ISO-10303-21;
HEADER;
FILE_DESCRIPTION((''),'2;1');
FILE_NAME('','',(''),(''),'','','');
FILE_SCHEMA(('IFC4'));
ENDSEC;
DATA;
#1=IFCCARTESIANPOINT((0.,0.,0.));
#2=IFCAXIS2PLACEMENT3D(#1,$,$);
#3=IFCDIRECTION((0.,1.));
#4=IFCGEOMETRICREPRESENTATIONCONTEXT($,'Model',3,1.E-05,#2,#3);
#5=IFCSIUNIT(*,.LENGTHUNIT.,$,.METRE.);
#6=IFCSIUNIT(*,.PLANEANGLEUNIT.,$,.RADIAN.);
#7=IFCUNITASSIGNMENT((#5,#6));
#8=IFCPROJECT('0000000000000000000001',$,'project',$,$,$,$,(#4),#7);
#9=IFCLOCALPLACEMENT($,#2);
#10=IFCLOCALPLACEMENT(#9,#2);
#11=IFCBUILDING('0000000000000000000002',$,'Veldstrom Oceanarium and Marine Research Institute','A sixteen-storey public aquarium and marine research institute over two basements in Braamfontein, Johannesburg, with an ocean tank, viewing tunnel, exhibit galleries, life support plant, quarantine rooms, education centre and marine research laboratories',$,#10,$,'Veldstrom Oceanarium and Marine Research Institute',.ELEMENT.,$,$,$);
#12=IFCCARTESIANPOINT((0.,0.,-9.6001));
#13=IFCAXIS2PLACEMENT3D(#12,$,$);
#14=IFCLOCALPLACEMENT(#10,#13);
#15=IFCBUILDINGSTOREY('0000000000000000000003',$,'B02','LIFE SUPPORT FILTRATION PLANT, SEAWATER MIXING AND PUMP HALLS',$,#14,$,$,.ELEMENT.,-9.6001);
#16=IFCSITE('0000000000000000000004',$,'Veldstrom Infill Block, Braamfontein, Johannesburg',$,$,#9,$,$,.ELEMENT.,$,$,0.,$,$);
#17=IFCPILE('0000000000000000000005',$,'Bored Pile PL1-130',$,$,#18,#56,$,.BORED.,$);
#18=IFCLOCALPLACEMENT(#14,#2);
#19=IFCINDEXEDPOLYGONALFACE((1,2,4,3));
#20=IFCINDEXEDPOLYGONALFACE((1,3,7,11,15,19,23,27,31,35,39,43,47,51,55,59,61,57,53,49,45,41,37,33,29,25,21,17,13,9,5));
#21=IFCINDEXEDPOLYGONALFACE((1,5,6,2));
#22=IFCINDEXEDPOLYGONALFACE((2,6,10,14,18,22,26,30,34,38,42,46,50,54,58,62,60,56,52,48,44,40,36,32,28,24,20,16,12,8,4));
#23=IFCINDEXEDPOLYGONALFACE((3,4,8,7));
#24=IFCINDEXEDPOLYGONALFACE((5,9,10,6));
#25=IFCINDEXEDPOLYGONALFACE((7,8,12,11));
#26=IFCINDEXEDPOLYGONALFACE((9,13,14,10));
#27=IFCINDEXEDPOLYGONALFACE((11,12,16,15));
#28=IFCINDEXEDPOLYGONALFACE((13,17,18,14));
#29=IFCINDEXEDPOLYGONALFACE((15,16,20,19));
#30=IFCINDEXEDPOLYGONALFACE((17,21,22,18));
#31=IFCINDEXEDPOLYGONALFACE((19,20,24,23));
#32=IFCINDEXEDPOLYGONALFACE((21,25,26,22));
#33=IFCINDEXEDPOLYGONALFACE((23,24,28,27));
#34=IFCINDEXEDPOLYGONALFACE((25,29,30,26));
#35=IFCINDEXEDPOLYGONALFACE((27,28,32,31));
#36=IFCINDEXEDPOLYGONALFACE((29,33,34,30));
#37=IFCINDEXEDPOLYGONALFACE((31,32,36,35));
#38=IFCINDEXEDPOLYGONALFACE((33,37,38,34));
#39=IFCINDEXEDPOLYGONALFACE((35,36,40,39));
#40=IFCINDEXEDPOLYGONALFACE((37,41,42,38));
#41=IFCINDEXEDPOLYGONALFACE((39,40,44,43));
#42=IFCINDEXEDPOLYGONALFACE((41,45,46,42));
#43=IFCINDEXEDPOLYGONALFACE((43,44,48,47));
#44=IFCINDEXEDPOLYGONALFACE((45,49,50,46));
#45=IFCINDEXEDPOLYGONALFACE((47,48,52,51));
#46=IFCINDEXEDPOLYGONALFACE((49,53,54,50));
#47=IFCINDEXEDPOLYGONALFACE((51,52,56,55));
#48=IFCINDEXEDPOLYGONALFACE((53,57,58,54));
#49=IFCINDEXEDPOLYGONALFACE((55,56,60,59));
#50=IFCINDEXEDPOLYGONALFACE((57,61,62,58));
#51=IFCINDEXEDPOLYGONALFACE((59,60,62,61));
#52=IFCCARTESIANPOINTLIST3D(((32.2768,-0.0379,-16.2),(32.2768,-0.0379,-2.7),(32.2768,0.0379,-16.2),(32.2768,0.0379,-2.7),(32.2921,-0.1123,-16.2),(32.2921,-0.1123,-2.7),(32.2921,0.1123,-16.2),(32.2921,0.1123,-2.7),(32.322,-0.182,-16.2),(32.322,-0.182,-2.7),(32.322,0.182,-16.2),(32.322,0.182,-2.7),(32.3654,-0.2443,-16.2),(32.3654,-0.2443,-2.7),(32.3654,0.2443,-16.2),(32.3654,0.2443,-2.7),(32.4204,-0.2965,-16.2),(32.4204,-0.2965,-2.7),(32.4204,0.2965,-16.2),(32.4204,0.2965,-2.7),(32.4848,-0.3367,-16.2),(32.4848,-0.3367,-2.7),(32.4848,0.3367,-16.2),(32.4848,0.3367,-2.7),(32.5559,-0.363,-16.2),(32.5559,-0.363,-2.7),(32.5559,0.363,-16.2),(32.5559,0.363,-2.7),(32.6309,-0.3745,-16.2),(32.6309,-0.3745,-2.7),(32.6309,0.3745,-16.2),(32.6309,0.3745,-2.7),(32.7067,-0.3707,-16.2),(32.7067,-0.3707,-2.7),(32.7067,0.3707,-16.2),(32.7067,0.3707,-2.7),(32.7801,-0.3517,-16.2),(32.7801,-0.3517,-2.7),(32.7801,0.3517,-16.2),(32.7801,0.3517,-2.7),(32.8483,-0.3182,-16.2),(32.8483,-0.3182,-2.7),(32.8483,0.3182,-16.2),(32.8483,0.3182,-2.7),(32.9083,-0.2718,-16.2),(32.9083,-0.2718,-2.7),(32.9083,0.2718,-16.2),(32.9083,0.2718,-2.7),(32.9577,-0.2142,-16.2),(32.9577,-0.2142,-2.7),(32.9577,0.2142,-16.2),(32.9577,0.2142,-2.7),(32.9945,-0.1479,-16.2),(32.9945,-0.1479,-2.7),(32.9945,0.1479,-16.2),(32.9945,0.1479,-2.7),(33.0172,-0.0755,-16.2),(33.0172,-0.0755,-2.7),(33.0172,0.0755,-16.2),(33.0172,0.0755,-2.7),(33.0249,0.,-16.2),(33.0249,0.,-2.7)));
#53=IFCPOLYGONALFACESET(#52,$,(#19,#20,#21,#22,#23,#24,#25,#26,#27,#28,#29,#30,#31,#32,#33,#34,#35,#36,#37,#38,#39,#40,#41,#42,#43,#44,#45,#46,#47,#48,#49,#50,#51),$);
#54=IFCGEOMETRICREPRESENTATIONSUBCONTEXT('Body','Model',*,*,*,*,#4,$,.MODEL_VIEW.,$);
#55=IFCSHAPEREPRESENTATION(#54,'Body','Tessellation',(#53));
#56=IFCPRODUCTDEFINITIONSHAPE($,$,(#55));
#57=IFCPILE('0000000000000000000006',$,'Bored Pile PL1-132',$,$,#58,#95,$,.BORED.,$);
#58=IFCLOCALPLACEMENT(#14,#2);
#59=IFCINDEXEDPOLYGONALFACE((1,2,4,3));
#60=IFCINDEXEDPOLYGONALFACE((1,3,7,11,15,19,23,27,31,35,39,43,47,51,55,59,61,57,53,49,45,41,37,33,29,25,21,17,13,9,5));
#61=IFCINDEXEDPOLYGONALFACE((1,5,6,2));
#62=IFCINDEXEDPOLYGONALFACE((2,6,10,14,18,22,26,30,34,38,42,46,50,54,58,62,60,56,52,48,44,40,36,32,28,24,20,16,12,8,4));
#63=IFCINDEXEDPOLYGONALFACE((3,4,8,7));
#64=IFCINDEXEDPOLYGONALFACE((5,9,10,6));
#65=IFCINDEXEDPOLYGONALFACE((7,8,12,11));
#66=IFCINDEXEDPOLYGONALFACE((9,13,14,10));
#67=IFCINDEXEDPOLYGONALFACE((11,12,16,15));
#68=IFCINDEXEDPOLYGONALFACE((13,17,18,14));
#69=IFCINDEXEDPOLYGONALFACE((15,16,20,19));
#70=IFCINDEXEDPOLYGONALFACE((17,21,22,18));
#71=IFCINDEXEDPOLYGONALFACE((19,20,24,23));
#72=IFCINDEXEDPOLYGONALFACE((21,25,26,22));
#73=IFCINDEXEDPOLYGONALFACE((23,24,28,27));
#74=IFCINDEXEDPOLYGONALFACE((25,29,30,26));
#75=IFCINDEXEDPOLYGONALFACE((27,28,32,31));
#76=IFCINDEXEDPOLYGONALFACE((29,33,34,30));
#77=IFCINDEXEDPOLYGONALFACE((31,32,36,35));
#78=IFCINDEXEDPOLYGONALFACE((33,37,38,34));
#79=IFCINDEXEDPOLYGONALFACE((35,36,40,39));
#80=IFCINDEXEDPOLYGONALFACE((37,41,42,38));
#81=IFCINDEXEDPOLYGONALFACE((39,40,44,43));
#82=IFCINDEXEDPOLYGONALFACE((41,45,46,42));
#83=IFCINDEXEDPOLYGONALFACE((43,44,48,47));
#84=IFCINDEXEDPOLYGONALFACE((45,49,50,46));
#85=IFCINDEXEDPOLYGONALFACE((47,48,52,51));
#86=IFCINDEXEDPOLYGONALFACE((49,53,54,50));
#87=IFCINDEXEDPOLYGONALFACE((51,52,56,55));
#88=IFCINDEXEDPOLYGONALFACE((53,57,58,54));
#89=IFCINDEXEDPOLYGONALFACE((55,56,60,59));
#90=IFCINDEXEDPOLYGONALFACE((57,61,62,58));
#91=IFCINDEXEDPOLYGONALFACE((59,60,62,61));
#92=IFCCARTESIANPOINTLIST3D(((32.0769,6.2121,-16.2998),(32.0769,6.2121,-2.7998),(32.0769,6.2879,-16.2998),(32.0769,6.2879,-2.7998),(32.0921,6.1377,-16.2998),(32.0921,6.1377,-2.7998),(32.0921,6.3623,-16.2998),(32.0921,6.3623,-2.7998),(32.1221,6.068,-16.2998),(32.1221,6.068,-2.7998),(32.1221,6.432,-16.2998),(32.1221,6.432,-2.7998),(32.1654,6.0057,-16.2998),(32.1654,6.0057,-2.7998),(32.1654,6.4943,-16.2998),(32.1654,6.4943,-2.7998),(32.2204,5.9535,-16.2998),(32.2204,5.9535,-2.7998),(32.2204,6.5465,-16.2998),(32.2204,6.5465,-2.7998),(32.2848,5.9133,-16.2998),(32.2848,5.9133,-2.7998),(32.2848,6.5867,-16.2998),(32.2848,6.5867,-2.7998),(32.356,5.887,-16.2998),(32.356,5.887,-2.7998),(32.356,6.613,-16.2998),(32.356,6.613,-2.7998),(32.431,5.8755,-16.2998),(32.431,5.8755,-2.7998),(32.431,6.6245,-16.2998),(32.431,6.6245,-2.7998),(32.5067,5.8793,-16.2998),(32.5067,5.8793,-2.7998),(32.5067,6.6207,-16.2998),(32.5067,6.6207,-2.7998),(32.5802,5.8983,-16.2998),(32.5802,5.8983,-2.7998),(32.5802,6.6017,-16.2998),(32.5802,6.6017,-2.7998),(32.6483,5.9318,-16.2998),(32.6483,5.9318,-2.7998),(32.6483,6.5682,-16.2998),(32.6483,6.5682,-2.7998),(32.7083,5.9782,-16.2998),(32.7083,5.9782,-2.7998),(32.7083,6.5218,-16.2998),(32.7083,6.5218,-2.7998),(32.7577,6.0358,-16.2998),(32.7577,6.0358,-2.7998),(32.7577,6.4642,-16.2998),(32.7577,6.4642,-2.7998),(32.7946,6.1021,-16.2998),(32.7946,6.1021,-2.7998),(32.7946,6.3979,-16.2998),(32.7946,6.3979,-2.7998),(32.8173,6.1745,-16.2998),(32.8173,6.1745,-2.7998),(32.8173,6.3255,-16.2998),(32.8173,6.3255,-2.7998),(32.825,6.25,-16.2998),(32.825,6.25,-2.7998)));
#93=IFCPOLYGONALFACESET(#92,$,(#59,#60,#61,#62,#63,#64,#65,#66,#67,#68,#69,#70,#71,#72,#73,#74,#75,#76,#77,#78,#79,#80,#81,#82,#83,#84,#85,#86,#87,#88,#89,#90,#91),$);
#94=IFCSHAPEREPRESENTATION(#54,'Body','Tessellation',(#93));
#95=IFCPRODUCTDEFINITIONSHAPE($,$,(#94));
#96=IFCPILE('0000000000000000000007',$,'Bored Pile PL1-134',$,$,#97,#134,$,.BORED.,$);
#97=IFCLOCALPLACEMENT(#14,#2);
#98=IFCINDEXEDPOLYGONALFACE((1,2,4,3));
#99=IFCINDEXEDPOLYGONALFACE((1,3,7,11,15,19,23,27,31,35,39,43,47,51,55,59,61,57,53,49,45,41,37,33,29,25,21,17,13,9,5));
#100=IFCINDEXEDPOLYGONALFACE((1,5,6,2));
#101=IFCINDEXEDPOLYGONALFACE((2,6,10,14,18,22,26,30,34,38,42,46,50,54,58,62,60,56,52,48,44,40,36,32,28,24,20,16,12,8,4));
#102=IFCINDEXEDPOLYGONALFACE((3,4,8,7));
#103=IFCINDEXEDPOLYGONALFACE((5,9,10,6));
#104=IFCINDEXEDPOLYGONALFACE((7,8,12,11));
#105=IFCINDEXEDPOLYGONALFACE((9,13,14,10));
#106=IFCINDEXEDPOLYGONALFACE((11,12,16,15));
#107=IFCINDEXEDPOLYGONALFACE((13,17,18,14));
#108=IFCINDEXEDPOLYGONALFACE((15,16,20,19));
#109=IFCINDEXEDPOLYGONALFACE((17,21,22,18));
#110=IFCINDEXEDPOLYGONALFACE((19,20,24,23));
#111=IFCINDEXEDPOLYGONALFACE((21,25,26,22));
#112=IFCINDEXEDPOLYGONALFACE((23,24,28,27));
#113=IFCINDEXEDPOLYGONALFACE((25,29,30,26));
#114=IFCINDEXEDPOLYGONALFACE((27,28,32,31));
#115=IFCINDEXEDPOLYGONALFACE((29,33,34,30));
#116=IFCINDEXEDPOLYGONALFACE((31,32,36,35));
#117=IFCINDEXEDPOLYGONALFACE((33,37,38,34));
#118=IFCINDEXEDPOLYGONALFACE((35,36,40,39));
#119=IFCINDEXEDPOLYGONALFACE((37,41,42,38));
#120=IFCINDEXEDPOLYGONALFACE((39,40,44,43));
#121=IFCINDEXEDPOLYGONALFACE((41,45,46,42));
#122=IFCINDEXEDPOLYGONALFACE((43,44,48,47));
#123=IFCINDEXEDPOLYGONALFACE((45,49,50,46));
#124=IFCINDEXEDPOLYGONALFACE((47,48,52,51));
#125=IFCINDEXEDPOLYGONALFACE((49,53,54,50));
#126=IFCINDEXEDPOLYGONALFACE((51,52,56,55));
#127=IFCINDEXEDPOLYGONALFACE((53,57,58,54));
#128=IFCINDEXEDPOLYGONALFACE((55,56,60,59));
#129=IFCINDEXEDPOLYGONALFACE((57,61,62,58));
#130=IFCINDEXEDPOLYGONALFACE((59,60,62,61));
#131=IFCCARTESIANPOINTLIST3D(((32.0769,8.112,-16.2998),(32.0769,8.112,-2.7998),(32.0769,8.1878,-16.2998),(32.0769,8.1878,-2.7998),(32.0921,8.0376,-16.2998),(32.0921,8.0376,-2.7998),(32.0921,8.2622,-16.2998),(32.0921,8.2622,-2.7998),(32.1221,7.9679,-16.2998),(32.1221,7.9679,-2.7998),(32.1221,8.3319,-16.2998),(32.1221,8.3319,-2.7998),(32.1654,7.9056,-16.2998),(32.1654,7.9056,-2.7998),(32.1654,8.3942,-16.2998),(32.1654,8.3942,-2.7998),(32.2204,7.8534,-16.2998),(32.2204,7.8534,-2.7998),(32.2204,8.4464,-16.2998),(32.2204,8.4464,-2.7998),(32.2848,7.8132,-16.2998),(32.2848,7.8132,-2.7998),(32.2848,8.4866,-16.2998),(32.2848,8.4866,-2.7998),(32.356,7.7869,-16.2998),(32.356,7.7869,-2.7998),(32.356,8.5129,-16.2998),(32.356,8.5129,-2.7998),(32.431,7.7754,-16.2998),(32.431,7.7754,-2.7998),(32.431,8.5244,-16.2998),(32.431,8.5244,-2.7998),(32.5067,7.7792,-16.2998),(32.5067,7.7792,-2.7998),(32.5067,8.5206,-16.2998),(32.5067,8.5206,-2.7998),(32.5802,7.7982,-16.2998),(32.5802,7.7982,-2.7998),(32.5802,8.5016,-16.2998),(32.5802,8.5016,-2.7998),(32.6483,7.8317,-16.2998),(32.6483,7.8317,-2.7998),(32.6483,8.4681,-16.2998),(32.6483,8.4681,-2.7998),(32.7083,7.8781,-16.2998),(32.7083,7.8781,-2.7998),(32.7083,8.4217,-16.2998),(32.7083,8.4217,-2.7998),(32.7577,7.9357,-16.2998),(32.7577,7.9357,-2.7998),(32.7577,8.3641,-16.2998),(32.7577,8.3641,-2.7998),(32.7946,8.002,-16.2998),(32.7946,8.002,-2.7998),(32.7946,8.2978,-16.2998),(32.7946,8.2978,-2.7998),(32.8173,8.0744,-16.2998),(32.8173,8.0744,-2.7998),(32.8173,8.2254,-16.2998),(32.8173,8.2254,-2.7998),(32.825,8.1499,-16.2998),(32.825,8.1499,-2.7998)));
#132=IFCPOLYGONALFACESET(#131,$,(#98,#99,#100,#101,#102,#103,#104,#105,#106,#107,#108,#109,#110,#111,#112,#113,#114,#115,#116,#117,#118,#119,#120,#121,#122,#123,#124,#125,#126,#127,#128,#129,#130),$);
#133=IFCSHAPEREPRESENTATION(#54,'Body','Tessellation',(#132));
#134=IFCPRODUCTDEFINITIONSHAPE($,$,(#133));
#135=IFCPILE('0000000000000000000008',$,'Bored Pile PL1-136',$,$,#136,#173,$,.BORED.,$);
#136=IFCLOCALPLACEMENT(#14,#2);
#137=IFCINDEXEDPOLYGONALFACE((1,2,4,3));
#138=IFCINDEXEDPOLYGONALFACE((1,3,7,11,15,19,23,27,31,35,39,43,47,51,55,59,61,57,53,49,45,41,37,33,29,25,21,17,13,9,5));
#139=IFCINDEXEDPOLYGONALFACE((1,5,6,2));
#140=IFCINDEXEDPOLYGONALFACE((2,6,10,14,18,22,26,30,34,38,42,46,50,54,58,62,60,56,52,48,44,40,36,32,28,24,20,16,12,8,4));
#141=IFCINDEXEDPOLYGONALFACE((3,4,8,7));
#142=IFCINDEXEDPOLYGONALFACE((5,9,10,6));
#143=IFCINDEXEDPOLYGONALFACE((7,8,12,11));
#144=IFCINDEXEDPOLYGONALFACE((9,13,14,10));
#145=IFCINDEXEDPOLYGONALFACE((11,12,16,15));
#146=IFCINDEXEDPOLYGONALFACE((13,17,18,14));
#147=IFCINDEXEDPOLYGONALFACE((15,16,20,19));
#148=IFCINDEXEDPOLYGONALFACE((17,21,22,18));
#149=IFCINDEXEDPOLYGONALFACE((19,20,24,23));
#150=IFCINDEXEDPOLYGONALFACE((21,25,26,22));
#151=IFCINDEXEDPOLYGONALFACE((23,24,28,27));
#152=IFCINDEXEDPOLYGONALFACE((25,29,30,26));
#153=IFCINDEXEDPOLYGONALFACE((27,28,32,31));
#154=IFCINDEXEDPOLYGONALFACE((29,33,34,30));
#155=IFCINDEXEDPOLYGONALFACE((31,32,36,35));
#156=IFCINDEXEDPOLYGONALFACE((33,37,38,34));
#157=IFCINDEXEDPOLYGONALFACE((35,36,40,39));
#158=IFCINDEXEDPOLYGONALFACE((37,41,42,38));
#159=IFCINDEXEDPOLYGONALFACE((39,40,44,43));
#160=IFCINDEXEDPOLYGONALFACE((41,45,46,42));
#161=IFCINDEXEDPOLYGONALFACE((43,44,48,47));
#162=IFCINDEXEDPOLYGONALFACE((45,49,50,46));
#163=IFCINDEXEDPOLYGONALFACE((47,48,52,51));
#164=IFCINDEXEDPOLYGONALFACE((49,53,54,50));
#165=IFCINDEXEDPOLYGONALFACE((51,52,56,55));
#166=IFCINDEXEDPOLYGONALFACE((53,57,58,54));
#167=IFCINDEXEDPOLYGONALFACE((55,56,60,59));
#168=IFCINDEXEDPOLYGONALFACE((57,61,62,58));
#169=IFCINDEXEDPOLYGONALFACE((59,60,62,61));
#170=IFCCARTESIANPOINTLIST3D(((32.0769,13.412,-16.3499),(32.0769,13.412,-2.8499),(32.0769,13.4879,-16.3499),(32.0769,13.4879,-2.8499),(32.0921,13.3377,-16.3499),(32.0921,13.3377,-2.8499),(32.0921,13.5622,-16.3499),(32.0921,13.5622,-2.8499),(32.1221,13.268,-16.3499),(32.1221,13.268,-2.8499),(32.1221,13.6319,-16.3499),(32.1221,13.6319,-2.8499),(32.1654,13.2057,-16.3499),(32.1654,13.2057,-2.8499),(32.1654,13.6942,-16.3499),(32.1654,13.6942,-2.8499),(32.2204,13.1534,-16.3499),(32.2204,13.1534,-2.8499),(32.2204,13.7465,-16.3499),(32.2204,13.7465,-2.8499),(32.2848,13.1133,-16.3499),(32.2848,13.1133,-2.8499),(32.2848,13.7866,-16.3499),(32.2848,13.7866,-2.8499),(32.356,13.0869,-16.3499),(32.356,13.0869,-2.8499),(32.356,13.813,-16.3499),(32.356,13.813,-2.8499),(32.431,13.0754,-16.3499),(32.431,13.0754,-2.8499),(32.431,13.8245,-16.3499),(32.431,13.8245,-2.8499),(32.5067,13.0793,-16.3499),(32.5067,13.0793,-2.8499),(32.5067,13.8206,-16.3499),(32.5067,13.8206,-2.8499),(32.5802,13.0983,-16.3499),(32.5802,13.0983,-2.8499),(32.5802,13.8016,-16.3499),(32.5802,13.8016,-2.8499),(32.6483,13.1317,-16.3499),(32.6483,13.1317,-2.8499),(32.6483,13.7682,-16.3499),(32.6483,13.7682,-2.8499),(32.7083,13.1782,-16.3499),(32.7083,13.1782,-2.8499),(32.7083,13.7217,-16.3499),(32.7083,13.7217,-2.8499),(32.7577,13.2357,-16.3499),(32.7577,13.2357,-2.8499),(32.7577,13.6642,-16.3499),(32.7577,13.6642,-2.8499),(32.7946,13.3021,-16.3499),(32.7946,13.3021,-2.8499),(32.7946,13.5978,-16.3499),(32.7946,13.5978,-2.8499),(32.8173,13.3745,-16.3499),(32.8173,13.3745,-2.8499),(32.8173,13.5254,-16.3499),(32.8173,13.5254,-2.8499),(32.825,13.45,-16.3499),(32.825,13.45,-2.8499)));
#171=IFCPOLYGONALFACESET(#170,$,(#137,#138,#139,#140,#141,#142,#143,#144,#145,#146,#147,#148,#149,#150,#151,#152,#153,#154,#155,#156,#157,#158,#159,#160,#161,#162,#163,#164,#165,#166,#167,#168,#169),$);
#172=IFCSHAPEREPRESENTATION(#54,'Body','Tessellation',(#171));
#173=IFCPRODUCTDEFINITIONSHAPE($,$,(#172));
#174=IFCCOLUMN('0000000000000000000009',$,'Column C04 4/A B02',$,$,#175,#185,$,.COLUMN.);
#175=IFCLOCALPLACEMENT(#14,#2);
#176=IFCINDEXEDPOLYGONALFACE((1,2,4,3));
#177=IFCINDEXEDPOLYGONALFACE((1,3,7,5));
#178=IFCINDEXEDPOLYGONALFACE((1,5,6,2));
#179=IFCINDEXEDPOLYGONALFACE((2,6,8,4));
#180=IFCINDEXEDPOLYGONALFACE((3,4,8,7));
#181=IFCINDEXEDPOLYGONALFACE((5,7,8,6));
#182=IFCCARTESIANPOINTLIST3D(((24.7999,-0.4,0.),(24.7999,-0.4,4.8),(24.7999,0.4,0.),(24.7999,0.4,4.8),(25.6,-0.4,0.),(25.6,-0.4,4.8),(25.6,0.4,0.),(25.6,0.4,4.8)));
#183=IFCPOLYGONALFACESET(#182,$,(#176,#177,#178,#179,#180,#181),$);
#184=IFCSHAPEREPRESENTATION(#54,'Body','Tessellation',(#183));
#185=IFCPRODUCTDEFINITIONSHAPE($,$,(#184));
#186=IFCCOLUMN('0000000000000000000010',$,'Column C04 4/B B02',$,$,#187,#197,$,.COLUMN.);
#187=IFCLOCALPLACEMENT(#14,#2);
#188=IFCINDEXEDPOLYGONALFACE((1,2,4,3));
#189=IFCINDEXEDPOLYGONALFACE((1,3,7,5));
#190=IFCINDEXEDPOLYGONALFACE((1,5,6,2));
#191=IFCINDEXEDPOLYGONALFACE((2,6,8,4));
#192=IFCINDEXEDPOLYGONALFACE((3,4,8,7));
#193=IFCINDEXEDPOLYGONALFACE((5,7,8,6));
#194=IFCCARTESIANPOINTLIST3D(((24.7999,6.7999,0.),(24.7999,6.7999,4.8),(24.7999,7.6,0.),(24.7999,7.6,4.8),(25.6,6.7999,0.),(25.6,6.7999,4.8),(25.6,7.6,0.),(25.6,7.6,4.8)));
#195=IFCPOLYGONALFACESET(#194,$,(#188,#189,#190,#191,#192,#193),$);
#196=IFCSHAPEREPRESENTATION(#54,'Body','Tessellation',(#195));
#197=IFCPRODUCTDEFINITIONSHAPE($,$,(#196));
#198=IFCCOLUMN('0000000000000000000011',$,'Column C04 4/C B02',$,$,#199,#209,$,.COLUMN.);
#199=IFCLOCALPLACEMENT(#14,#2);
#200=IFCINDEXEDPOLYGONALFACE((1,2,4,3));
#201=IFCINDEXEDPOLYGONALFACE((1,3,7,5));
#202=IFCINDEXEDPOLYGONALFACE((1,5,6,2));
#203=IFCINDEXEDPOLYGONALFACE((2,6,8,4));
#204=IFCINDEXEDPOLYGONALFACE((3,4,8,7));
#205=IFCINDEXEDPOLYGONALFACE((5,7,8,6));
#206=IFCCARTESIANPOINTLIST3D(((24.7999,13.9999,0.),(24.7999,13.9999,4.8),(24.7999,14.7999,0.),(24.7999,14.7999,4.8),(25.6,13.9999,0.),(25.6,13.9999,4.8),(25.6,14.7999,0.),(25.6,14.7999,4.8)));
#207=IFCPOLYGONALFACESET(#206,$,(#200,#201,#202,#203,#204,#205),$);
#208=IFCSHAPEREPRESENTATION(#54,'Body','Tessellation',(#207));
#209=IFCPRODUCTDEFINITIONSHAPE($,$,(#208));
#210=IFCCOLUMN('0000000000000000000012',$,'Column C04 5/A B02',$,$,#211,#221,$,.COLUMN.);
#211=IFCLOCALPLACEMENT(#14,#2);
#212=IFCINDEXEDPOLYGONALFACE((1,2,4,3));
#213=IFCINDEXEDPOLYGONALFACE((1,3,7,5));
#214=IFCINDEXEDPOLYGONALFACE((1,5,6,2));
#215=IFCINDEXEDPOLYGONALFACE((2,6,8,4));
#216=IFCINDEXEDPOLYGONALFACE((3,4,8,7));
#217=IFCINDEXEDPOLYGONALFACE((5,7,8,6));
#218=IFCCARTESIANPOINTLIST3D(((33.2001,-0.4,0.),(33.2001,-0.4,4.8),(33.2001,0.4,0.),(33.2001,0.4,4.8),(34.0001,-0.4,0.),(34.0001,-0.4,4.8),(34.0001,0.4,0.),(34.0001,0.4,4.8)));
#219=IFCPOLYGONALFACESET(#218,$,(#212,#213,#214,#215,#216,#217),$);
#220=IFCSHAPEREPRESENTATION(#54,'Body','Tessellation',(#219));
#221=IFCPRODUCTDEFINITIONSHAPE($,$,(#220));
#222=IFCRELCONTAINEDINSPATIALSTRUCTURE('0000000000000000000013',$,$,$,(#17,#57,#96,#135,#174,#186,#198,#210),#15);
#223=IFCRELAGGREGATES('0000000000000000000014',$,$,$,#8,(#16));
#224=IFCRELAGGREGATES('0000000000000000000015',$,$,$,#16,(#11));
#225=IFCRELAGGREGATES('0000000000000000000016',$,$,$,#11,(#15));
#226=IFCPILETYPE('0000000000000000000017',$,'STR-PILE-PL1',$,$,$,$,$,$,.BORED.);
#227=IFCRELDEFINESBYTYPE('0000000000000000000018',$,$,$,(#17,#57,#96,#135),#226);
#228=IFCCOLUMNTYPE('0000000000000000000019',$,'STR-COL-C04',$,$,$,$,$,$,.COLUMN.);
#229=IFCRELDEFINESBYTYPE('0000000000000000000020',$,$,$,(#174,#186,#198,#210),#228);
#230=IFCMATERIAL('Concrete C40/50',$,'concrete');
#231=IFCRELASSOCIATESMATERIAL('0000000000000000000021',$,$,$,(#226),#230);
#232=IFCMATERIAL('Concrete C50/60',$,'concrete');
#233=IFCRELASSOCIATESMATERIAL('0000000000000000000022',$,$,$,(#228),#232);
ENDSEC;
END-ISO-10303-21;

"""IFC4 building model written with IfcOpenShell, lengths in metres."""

from ifc_helpers import new_model, si_unit, direction, frame, origin, origin_2d, place, context, subcontext, project, spatial, rectangle, circle, extrude, material, material_profile, profile_set, type_object, element, save


model = new_model("IFC4")

# Units and contexts
model_context = context("Model", 3, precision=1e-05, world=origin(), true_north=direction((0.0, 1.0)))
body_context = subcontext(model_context, "Body", "Model", "MODEL_VIEW")
ifc_project = project(units=[si_unit("LENGTHUNIT", "METRE"), si_unit("PLANEANGLEUNIT", "RADIAN")], contexts=[model_context])

# Site, building, storey
site_placement = place(None, origin())
site = spatial("IfcSite", under=ifc_project, at=site_placement, Name="Veldstrom Infill Block, Braamfontein, Johannesburg", CompositionType="ELEMENT", RefElevation=0.0)
building_placement = place(site_placement, origin())
building = spatial("IfcBuilding", under=site, at=building_placement, Name="Veldstrom Oceanarium and Marine Research Institute", Description="A sixteen-storey public aquarium and marine research institute over two basements in Braamfontein, Johannesburg, with an ocean tank, viewing tunnel, exhibit galleries, life support plant, quarantine rooms, education centre and marine research laboratories", LongName="Veldstrom Oceanarium and Marine Research Institute", CompositionType="ELEMENT")
storey_placement = place(building_placement, frame((0.0, 0.0, -9.6001)))
storey = spatial("IfcBuildingStorey", under=building, at=storey_placement, Name="B02", Description="LIFE SUPPORT FILTRATION PLANT, SEAWATER MIXING AND PUMP HALLS", CompositionType="ELEMENT", Elevation=-9.6001)

# Piles
ifc_material_1 = material(Name="Concrete C40/50", Category="concrete")
ifc_material_profile_1 = material_profile(ifc_material_1, circle(Radius=0.375, at=origin_2d()), Name="PILE-D750")
ifc_profile_set_1 = profile_set([ifc_material_profile_1], Name="Concrete C40/50")
pile_type = type_object("IfcPileType", Name="STR-PILE-PL1", PredefinedType="BORED", material=ifc_profile_set_1)
for number, where, z_axis, x_axis, name in (
    (1, (32.6499, 0.0, -2.7), (0.0, 0.0, -1.0), (1.0, 0.0, 0.0), "Bored Pile PL1-130"),
    (2, (32.45, 6.25, -2.7998), (0.0, 0.0, -1.0), (1.0, 0.0, 0.0), "Bored Pile PL1-132"),
    (3, (32.45, 8.1499, -2.7998), (0.0, 0.0, -1.0), (1.0, 0.0, 0.0), "Bored Pile PL1-134"),
    (4, (32.45, 13.45, -2.8499), (0.0, 0.0, -1.0), (1.0, 0.0, 0.0), "Bored Pile PL1-136"),
):
    element("IfcPile", number, at=place(storey_placement, frame(where, z_axis=z_axis, x_axis=x_axis)), inside=storey, type_object=pile_type, Name=name, PredefinedType="BORED", context=body_context, shape_type="SweptSolid", body=[
        extrude(circle(Radius=0.375, at=origin_2d()), origin(), (0.0, 0.0, 1.0), 13.5),
    ])

# Columns
ifc_material_2 = material(Name="Concrete C50/60", Category="concrete")
ifc_material_profile_2 = material_profile(ifc_material_2, rectangle(XDim=0.8, YDim=0.8, at=origin_2d()), Name="RC-COL-800x800")
ifc_profile_set_2 = profile_set([ifc_material_profile_2], Name="Concrete C50/60")
column_type = type_object("IfcColumnType", Name="STR-COL-C04", PredefinedType="COLUMN", material=ifc_profile_set_2)
for number, where, z_axis, x_axis, name in (
    (5, (25.2, 0.0, 0.0), (0.0, 0.0, 1.0), (1.0, 0.0, 0.0), "Column C04 4/A B02"),
    (6, (25.2, 7.2, 0.0), (0.0, 0.0, 1.0), (1.0, 0.0, 0.0), "Column C04 4/B B02"),
    (7, (25.2, 14.3999, 0.0), (0.0, 0.0, 1.0), (1.0, 0.0, 0.0), "Column C04 4/C B02"),
    (8, (33.6001, 0.0, 0.0), (0.0, 0.0, 1.0), (1.0, 0.0, 0.0), "Column C04 5/A B02"),
):
    element("IfcColumn", number, at=place(storey_placement, frame(where, z_axis=z_axis, x_axis=x_axis)), inside=storey, type_object=column_type, Name=name, PredefinedType="COLUMN", context=body_context, shape_type="SweptSolid", body=[
        extrude(rectangle(XDim=0.8, YDim=0.8, at=origin_2d()), origin(), (0.0, 0.0, 1.0), 4.8),
    ])

save(model, "model.ifc")
